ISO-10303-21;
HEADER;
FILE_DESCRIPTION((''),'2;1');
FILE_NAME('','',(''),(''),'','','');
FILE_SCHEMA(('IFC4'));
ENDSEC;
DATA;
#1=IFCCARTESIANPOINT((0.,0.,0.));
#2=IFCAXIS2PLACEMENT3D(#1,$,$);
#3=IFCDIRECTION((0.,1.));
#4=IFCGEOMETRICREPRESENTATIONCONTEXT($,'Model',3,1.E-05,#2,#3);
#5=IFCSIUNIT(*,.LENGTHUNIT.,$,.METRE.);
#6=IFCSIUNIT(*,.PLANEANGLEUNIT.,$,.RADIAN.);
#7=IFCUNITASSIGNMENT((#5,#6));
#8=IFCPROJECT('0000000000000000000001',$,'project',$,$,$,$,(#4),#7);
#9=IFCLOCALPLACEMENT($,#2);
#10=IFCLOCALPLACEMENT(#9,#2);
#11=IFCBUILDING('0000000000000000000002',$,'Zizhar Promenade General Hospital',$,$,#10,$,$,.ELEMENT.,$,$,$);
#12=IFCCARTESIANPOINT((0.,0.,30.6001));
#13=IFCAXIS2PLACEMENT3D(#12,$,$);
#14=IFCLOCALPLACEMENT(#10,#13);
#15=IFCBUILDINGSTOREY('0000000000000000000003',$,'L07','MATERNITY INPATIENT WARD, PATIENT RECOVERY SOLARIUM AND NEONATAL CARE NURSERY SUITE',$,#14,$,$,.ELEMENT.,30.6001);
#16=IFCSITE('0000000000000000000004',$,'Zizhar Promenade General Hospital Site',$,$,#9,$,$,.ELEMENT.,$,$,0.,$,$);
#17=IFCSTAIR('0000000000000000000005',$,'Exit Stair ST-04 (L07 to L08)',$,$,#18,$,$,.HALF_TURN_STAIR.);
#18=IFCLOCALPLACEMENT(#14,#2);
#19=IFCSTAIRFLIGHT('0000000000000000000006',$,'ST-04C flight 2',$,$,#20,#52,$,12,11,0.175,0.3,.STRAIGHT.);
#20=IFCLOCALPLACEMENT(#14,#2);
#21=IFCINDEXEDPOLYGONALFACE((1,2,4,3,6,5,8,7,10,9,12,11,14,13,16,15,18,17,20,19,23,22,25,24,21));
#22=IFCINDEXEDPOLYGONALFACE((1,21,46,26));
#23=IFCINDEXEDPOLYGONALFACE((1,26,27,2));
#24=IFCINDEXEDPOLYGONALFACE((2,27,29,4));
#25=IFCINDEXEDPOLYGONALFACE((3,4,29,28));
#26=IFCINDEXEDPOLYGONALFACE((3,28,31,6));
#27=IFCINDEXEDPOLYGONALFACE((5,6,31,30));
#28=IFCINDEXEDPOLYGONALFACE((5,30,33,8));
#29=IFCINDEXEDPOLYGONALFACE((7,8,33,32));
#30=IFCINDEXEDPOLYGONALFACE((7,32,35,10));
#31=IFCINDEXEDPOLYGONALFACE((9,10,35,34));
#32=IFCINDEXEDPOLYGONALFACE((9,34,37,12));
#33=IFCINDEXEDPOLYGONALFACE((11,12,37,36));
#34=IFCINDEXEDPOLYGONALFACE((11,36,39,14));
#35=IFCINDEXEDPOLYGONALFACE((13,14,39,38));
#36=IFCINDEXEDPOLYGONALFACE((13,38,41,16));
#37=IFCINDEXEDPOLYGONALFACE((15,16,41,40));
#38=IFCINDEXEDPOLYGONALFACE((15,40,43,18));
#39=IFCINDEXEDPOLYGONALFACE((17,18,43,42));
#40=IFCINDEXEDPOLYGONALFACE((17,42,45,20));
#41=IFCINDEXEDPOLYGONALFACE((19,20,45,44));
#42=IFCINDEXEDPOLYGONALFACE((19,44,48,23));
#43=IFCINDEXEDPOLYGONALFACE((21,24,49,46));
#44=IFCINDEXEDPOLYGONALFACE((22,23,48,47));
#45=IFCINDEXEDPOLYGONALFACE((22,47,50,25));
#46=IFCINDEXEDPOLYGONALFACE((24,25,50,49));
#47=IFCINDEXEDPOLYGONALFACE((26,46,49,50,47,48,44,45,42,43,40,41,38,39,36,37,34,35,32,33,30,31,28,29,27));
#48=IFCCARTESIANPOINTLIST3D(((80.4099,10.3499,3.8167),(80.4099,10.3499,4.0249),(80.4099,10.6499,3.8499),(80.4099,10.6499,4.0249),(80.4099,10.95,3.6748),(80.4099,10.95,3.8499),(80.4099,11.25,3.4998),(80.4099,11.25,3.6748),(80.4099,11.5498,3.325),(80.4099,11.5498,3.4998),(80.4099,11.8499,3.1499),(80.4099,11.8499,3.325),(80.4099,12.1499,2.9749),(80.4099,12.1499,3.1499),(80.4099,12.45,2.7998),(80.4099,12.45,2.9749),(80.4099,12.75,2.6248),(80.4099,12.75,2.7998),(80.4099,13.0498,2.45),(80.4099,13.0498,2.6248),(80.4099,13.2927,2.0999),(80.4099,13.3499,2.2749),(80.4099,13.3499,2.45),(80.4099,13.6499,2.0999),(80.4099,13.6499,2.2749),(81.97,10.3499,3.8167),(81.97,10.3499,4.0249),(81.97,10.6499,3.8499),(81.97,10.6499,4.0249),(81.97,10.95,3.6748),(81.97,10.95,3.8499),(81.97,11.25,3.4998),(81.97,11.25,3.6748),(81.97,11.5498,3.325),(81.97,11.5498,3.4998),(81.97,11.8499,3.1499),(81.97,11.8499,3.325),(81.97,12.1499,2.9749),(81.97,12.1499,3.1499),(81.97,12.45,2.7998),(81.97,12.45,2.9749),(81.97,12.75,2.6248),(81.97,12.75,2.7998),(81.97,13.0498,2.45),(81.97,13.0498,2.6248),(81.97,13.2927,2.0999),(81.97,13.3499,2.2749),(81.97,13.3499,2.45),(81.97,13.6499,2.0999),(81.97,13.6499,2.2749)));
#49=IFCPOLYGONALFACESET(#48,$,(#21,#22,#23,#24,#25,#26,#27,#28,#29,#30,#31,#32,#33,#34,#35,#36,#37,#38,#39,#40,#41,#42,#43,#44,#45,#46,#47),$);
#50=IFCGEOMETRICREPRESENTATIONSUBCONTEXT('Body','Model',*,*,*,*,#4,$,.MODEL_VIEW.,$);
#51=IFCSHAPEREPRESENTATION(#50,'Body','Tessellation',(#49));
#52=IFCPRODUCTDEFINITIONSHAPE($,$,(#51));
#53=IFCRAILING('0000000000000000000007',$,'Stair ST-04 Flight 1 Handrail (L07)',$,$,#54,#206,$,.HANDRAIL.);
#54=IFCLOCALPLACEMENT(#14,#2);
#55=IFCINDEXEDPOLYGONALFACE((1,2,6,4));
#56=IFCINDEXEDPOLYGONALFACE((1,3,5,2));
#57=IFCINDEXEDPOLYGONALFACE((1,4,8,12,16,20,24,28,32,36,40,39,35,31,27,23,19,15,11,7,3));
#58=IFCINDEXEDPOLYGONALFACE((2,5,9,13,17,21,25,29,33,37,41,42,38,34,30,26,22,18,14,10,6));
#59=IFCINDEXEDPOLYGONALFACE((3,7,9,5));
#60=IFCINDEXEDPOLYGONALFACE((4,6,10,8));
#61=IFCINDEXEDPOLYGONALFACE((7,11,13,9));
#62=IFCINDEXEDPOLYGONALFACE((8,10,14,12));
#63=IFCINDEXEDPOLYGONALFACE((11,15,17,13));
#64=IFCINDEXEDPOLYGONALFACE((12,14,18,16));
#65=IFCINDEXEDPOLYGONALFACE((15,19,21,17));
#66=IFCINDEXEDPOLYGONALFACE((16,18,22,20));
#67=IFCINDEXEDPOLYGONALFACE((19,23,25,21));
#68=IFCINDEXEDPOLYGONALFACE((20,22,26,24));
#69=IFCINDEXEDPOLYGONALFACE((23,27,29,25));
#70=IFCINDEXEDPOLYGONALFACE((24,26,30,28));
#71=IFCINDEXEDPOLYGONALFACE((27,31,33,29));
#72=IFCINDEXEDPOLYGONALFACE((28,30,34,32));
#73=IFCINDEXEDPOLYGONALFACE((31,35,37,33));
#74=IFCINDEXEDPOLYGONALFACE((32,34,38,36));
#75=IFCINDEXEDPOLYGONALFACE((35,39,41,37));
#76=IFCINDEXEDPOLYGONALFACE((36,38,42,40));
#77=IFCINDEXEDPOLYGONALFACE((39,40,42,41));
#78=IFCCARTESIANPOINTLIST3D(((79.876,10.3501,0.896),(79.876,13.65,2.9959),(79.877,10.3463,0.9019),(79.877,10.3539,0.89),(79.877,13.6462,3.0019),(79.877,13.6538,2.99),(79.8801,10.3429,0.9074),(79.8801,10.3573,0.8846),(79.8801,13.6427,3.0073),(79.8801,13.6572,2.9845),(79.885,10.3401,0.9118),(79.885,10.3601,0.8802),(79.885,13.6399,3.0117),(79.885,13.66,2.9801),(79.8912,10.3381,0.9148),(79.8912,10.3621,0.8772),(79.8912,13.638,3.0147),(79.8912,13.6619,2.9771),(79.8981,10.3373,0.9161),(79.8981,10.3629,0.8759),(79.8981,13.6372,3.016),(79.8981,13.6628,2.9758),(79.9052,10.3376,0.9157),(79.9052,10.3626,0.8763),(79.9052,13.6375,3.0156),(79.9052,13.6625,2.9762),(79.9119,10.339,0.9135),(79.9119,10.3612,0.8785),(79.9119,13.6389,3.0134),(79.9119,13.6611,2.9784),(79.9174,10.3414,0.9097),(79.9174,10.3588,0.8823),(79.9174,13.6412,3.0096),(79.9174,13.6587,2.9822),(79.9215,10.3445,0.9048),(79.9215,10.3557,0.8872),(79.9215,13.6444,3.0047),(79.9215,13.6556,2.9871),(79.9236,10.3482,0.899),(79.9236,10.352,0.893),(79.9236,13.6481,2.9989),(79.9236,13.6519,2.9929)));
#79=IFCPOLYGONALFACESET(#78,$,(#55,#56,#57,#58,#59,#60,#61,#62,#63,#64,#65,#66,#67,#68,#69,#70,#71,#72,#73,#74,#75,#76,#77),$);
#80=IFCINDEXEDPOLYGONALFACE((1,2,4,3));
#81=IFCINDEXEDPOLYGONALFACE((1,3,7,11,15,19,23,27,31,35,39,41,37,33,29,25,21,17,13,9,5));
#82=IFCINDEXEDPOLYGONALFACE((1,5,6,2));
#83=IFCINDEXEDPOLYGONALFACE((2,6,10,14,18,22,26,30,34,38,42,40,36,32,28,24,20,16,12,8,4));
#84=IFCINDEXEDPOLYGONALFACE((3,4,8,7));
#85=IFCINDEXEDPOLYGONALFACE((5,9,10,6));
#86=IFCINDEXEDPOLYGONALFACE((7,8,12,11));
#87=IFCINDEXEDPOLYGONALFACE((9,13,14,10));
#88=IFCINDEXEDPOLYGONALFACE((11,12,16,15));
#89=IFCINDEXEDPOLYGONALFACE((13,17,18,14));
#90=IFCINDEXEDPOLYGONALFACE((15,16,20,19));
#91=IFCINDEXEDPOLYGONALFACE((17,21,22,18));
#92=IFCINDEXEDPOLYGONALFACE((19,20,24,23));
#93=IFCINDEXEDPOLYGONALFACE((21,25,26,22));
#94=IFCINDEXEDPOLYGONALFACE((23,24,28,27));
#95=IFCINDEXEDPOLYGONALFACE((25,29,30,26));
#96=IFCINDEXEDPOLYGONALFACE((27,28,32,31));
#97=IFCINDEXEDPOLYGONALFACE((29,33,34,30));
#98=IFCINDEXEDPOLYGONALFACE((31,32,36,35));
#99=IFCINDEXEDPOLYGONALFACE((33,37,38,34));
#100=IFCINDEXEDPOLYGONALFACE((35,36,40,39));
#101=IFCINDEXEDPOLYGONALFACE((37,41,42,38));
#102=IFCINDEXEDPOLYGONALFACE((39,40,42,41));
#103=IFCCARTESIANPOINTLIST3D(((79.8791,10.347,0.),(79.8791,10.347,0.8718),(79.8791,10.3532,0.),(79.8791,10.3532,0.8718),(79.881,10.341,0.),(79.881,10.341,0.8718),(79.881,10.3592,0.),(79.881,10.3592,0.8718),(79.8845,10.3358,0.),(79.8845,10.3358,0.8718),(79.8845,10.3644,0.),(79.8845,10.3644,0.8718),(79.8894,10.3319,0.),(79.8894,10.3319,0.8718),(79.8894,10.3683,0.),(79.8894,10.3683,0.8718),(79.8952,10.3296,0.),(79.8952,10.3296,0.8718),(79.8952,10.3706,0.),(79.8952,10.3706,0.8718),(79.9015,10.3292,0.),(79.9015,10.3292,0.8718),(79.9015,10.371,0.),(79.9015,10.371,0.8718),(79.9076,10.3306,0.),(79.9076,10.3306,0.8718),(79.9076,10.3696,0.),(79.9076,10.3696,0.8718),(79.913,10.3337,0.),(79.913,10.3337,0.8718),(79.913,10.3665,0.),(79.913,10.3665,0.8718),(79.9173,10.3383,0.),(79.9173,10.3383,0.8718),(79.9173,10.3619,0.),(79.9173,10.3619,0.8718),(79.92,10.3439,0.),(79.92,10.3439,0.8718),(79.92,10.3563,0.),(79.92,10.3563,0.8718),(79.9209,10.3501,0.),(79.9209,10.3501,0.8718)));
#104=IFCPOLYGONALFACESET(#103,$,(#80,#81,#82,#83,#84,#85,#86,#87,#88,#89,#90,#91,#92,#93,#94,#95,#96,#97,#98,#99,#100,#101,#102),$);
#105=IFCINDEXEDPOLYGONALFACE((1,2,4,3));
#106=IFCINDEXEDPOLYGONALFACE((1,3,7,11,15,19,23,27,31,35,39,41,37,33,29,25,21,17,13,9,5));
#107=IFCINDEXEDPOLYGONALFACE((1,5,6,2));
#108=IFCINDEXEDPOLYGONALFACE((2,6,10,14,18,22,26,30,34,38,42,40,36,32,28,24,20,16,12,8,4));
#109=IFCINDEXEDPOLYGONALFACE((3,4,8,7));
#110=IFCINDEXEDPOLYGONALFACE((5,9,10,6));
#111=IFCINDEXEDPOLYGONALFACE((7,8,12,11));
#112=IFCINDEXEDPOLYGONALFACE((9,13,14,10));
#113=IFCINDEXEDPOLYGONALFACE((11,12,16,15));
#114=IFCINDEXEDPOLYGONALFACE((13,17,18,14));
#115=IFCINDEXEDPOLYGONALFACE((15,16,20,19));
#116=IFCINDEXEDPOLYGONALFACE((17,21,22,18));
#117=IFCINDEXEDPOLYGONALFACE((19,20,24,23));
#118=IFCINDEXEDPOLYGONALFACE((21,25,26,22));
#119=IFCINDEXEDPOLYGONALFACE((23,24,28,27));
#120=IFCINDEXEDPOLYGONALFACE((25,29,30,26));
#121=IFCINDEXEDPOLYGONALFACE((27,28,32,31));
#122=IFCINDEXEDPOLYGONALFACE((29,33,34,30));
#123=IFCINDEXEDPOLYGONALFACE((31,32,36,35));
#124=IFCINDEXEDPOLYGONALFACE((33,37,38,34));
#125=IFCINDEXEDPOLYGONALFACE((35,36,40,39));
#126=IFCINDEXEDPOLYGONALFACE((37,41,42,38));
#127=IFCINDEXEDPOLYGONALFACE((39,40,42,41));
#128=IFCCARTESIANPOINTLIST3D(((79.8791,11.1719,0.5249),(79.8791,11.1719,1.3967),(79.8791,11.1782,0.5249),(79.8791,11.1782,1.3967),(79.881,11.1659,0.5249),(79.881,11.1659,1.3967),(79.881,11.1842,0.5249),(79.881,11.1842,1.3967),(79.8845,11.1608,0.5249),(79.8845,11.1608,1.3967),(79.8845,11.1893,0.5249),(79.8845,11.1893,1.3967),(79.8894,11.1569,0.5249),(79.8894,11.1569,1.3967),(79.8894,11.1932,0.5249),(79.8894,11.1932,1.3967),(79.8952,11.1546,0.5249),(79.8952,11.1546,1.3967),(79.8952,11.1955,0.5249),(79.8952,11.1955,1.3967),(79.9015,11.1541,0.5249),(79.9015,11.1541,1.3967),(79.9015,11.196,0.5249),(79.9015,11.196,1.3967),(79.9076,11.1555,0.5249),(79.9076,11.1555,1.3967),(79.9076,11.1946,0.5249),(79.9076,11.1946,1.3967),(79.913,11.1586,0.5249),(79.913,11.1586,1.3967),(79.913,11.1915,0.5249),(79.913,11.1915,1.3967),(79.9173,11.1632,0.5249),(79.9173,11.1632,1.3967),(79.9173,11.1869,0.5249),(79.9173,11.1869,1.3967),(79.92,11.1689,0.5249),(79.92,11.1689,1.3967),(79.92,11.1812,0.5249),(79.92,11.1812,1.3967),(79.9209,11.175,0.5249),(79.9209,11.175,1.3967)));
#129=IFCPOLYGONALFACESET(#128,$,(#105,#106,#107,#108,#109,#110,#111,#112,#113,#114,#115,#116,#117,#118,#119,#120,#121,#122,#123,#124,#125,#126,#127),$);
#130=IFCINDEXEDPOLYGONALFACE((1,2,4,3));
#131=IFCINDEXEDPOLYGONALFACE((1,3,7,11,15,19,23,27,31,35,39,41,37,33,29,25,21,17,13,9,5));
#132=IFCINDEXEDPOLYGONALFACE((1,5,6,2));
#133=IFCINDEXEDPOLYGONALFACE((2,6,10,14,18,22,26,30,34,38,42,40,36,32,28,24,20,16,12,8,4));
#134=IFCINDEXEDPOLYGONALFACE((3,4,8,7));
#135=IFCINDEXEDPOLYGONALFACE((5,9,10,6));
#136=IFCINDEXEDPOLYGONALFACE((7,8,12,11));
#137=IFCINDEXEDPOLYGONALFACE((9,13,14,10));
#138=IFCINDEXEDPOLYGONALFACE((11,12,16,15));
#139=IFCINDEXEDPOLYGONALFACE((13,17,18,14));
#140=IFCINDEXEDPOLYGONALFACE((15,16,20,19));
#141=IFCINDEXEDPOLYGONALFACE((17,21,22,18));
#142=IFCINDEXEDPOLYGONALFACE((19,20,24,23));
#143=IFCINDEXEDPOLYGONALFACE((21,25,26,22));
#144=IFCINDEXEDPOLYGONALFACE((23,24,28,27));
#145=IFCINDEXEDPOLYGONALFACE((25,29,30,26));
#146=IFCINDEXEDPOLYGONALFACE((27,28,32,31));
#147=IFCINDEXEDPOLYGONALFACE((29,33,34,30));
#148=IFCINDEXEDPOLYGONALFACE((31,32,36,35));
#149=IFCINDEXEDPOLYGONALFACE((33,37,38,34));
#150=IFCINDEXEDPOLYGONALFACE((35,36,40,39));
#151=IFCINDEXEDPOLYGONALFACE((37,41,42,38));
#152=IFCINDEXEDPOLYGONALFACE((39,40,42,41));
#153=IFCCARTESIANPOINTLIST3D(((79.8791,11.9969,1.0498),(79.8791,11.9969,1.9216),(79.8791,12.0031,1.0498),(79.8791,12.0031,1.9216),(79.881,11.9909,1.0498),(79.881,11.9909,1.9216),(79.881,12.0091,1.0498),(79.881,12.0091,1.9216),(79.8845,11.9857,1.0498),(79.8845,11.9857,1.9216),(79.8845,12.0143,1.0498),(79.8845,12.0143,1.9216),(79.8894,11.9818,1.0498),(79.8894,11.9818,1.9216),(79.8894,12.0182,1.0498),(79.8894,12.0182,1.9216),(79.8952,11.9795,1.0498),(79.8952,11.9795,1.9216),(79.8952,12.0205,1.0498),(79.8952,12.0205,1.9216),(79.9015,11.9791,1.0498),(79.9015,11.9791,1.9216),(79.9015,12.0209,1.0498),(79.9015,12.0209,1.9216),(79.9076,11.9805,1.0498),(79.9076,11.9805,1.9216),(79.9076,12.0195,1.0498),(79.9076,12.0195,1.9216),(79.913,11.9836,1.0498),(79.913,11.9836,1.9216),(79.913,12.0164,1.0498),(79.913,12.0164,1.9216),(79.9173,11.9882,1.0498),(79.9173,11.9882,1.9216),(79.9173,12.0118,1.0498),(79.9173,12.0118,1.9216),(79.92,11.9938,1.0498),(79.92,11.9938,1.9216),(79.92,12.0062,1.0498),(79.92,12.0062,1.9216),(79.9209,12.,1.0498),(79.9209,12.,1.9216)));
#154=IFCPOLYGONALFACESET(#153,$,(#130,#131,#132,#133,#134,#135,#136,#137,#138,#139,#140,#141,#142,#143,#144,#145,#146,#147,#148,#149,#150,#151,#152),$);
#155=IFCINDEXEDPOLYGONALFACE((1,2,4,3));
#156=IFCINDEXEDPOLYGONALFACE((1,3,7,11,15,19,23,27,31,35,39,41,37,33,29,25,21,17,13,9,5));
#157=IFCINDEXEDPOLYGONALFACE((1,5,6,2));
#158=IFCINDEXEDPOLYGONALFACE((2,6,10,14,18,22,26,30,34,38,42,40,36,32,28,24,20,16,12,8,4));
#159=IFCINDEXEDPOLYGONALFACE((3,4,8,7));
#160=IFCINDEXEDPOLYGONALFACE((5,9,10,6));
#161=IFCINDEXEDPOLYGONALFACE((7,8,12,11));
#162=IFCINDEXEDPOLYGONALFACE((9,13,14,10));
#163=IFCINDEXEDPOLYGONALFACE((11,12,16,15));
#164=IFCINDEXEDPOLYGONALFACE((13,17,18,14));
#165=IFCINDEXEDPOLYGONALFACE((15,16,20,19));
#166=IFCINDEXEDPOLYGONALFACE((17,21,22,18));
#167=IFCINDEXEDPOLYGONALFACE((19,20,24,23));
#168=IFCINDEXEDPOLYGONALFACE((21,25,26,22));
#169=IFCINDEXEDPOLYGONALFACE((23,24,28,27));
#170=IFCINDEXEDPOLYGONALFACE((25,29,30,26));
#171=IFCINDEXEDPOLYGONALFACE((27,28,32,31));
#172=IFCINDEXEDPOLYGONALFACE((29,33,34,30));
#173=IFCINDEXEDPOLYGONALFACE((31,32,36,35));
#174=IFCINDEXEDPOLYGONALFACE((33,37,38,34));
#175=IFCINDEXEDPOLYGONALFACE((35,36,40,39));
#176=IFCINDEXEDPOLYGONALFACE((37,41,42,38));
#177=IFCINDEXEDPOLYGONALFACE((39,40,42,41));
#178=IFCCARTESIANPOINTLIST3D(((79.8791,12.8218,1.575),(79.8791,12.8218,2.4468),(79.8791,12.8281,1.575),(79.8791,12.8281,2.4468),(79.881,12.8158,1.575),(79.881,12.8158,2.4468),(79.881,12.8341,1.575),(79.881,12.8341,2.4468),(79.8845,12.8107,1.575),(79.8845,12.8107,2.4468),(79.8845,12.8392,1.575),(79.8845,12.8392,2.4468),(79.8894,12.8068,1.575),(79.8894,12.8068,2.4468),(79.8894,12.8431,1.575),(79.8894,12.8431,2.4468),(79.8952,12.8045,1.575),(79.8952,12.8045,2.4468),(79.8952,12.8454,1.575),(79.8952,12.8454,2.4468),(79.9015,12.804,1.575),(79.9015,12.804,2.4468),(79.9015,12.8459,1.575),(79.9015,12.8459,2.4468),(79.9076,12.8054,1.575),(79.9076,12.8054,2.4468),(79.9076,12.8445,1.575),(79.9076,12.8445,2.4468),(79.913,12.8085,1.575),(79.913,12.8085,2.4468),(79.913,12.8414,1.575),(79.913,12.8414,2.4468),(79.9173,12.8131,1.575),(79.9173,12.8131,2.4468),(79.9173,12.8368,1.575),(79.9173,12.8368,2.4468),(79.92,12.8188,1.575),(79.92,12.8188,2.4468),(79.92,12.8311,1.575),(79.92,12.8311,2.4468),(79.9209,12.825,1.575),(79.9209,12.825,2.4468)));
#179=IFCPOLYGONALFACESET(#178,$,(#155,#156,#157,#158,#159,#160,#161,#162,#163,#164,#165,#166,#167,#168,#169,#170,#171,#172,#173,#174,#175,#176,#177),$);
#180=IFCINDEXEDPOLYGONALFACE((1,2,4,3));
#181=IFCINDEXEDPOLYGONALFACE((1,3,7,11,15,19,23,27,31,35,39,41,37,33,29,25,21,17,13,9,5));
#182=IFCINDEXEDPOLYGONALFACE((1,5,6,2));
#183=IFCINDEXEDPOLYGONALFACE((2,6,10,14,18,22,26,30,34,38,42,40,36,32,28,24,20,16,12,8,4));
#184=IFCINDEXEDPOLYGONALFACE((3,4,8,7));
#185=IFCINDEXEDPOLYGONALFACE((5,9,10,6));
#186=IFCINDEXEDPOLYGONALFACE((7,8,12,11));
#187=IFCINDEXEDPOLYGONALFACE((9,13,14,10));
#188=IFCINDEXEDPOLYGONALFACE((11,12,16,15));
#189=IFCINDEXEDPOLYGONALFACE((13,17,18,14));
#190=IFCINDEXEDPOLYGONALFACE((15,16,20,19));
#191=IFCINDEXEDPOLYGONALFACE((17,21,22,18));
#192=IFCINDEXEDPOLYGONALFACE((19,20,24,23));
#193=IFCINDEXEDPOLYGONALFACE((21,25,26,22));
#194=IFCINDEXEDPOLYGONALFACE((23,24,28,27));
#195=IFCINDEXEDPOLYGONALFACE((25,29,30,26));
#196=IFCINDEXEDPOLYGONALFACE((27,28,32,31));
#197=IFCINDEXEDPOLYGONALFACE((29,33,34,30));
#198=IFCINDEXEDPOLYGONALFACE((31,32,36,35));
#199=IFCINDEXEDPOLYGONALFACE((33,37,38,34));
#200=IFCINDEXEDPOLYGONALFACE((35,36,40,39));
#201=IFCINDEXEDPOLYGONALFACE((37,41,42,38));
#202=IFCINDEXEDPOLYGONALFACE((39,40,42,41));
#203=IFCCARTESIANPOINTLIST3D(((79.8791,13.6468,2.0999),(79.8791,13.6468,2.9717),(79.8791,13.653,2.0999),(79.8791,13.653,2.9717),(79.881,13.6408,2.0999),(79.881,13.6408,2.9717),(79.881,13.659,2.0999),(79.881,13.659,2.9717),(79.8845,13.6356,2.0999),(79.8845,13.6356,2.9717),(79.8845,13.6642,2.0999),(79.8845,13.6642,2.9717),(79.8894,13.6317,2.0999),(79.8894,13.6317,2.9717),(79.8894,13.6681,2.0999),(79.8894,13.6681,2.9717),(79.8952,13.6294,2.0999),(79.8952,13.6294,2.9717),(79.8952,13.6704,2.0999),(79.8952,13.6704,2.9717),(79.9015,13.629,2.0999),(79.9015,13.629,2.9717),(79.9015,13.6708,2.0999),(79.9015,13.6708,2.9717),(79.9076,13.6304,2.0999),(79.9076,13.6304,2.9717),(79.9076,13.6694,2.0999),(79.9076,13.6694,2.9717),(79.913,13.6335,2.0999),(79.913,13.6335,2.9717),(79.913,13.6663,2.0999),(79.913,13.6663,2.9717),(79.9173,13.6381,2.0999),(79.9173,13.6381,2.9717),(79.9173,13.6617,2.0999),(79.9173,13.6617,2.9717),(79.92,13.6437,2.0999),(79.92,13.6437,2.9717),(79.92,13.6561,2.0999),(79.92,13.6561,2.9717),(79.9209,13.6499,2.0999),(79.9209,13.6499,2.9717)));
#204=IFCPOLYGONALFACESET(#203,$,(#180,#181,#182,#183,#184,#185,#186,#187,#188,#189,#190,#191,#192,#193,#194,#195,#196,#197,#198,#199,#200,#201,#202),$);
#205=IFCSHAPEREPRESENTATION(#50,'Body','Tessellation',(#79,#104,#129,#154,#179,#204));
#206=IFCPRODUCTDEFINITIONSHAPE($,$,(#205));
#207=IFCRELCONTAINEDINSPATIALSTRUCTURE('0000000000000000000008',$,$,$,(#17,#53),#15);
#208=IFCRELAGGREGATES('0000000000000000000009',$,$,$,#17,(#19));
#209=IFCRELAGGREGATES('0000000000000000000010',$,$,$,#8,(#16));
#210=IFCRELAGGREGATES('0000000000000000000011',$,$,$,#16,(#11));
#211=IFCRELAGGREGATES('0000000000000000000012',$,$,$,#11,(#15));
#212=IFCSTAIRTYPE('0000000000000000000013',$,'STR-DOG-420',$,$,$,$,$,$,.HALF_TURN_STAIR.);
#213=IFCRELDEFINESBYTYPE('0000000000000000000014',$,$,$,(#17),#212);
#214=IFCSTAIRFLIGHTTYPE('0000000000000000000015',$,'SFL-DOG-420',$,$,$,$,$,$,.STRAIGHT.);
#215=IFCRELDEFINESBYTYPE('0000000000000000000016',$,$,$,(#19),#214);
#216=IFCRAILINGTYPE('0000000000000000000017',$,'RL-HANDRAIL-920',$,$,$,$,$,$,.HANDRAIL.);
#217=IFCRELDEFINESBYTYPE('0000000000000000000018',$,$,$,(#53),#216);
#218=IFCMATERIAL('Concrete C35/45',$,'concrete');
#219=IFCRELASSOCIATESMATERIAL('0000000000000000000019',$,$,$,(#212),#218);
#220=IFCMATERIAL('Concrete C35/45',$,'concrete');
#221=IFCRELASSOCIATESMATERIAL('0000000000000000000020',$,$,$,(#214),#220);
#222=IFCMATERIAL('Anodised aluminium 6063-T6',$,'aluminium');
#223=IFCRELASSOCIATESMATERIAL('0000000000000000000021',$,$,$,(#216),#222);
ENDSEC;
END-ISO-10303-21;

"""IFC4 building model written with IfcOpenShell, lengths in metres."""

from ifc_helpers import new_model, si_unit, direction, frame, origin, origin_2d, place, context, subcontext, project, spatial, polyline, circle, hollow_circle, outline, extrude, material, material_profile, profile_set, type_object, element, aggregate, save


model = new_model("IFC4")

# Units and contexts
model_context = context("Model", 3, precision=1e-05, world=origin(), true_north=direction((0.0, 1.0)))
body_context = subcontext(model_context, "Body", "Model", "MODEL_VIEW")
ifc_project = project(units=[si_unit("LENGTHUNIT", "METRE"), si_unit("PLANEANGLEUNIT", "RADIAN")], contexts=[model_context])

# Site, building, storey
site_placement = place(None, origin())
site = spatial("IfcSite", under=ifc_project, at=site_placement, Name="Zizhar Promenade General Hospital Site", CompositionType="ELEMENT", RefElevation=0.0)
building_placement = place(site_placement, origin())
building = spatial("IfcBuilding", under=site, at=building_placement, Name="Zizhar Promenade General Hospital", CompositionType="ELEMENT")
storey_placement = place(building_placement, frame((0.0, 0.0, 30.6001)))
storey = spatial("IfcBuildingStorey", under=building, at=storey_placement, Name="L07", Description="MATERNITY INPATIENT WARD, PATIENT RECOVERY SOLARIUM AND NEONATAL CARE NURSERY SUITE", CompositionType="ELEMENT", Elevation=30.6001)

# Stair, stair flight
ifc_material_1 = material(Name="Concrete C35/45", Category="concrete")
stair_type = type_object("IfcStairType", Name="STR-DOG-420", PredefinedType="HALF_TURN_STAIR", material=ifc_material_1)
stair_placement = place(storey_placement, origin())
stair = element("IfcStair", 1, at=stair_placement, inside=storey, type_object=stair_type, Name="Exit Stair ST-04 (L07 to L08)", PredefinedType="HALF_TURN_STAIR")
ifc_material_2 = material(Name="Concrete C35/45", Category="concrete")
stair_flight_type = type_object("IfcStairFlightType", Name="SFL-DOG-420", PredefinedType="STRAIGHT", material=ifc_material_2)
stair_flight_1_placement = place(storey_placement, frame((81.1899, 13.6499, 2.0999), z_axis=(0.0, 0.0, 1.0), x_axis=(0.0, -1.0, 0.0)))
stair_flight_1 = element("IfcStairFlight", 2, at=stair_flight_1_placement, type_object=stair_flight_type, Name="ST-04C flight 2", NumberOfRisers=12, NumberOfTreads=11, PredefinedType="STRAIGHT", RiserHeight=0.175, TreadLength=0.3, context=body_context, shape_type="SweptSolid", body=[
    extrude(outline(polyline([(0.0, 0.0), (0.0, 0.175), (0.3, 0.175), (0.3, 0.3501), (0.6001, 0.3501), (0.6001, 0.5249), (0.8999, 0.5249), (0.8999, 0.7), (1.2, 0.7), (1.2, 0.875), (1.5, 0.875), (1.5, 1.05), (1.8, 1.05), (1.8, 1.2251), (2.1001, 1.2251), (2.1001, 1.3999), (2.3999, 1.3999), (2.3999, 1.575), (2.7, 1.575), (2.7, 1.75), (3.0, 1.75), (3.0, 1.925), (3.3, 1.925), (3.3, 2.1001), (3.3, 1.7168), (0.3572, 0.0), (0.0, 0.0)])), frame((0.0, 0.78, 0.0), z_axis=(0.0, -1.0, 0.0), x_axis=(1.0, 0.0, 0.0)), (0.0, 0.0, 1.0), 1.5601),
])
aggregate(stair, [stair_flight_1])

# Railing
ifc_material_3 = material(Name="Anodised aluminium 6063-T6", Category="aluminium")
ifc_material_profile_1 = material_profile(ifc_material_3, hollow_circle(Radius=0.0698, WallThickness=0.0063, at=origin_2d()))
ifc_profile_set_1 = profile_set([ifc_material_profile_1], Name="Anodised aluminium 6063-T6")
railing_type_1 = type_object("IfcRailingType", Name="RL-HANDRAIL-920", PredefinedType="HANDRAIL", material=ifc_profile_set_1)
railing_1_placement = place(storey_placement, frame((79.8999, 10.3501, 0.0)))
element("IfcRailing", 3, at=railing_1_placement, inside=storey, type_object=railing_type_1, Name="Stair ST-04 Flight 1 Handrail (L07)", PredefinedType="HANDRAIL", context=body_context, shape_type="SweptSolid", body=[
    extrude(circle(Radius=0.0239, at=origin_2d()), frame((0.0, 0.0, 0.896), z_axis=(0.0, 0.843664, 0.536871), x_axis=(-1.0, 0.0, 0.0)), (0.0, 0.0, 1.0), 3.9114),
    extrude(circle(Radius=0.021, at=origin_2d()), origin(), (0.0, 0.0, 1.0), 0.8718),
    extrude(circle(Radius=0.021, at=origin_2d()), frame((0.0, 0.825, 0.5249)), (0.0, 0.0, 1.0), 0.8718),
    extrude(circle(Radius=0.021, at=origin_2d()), frame((0.0, 1.6499, 1.0498)), (0.0, 0.0, 1.0), 0.8718),
    extrude(circle(Radius=0.021, at=origin_2d()), frame((0.0, 2.4749, 1.575)), (0.0, 0.0, 1.0), 0.8718),
    extrude(circle(Radius=0.021, at=origin_2d()), frame((0.0, 3.2998, 2.0999)), (0.0, 0.0, 1.0), 0.8718),
])

save(model, "model.ifc")
